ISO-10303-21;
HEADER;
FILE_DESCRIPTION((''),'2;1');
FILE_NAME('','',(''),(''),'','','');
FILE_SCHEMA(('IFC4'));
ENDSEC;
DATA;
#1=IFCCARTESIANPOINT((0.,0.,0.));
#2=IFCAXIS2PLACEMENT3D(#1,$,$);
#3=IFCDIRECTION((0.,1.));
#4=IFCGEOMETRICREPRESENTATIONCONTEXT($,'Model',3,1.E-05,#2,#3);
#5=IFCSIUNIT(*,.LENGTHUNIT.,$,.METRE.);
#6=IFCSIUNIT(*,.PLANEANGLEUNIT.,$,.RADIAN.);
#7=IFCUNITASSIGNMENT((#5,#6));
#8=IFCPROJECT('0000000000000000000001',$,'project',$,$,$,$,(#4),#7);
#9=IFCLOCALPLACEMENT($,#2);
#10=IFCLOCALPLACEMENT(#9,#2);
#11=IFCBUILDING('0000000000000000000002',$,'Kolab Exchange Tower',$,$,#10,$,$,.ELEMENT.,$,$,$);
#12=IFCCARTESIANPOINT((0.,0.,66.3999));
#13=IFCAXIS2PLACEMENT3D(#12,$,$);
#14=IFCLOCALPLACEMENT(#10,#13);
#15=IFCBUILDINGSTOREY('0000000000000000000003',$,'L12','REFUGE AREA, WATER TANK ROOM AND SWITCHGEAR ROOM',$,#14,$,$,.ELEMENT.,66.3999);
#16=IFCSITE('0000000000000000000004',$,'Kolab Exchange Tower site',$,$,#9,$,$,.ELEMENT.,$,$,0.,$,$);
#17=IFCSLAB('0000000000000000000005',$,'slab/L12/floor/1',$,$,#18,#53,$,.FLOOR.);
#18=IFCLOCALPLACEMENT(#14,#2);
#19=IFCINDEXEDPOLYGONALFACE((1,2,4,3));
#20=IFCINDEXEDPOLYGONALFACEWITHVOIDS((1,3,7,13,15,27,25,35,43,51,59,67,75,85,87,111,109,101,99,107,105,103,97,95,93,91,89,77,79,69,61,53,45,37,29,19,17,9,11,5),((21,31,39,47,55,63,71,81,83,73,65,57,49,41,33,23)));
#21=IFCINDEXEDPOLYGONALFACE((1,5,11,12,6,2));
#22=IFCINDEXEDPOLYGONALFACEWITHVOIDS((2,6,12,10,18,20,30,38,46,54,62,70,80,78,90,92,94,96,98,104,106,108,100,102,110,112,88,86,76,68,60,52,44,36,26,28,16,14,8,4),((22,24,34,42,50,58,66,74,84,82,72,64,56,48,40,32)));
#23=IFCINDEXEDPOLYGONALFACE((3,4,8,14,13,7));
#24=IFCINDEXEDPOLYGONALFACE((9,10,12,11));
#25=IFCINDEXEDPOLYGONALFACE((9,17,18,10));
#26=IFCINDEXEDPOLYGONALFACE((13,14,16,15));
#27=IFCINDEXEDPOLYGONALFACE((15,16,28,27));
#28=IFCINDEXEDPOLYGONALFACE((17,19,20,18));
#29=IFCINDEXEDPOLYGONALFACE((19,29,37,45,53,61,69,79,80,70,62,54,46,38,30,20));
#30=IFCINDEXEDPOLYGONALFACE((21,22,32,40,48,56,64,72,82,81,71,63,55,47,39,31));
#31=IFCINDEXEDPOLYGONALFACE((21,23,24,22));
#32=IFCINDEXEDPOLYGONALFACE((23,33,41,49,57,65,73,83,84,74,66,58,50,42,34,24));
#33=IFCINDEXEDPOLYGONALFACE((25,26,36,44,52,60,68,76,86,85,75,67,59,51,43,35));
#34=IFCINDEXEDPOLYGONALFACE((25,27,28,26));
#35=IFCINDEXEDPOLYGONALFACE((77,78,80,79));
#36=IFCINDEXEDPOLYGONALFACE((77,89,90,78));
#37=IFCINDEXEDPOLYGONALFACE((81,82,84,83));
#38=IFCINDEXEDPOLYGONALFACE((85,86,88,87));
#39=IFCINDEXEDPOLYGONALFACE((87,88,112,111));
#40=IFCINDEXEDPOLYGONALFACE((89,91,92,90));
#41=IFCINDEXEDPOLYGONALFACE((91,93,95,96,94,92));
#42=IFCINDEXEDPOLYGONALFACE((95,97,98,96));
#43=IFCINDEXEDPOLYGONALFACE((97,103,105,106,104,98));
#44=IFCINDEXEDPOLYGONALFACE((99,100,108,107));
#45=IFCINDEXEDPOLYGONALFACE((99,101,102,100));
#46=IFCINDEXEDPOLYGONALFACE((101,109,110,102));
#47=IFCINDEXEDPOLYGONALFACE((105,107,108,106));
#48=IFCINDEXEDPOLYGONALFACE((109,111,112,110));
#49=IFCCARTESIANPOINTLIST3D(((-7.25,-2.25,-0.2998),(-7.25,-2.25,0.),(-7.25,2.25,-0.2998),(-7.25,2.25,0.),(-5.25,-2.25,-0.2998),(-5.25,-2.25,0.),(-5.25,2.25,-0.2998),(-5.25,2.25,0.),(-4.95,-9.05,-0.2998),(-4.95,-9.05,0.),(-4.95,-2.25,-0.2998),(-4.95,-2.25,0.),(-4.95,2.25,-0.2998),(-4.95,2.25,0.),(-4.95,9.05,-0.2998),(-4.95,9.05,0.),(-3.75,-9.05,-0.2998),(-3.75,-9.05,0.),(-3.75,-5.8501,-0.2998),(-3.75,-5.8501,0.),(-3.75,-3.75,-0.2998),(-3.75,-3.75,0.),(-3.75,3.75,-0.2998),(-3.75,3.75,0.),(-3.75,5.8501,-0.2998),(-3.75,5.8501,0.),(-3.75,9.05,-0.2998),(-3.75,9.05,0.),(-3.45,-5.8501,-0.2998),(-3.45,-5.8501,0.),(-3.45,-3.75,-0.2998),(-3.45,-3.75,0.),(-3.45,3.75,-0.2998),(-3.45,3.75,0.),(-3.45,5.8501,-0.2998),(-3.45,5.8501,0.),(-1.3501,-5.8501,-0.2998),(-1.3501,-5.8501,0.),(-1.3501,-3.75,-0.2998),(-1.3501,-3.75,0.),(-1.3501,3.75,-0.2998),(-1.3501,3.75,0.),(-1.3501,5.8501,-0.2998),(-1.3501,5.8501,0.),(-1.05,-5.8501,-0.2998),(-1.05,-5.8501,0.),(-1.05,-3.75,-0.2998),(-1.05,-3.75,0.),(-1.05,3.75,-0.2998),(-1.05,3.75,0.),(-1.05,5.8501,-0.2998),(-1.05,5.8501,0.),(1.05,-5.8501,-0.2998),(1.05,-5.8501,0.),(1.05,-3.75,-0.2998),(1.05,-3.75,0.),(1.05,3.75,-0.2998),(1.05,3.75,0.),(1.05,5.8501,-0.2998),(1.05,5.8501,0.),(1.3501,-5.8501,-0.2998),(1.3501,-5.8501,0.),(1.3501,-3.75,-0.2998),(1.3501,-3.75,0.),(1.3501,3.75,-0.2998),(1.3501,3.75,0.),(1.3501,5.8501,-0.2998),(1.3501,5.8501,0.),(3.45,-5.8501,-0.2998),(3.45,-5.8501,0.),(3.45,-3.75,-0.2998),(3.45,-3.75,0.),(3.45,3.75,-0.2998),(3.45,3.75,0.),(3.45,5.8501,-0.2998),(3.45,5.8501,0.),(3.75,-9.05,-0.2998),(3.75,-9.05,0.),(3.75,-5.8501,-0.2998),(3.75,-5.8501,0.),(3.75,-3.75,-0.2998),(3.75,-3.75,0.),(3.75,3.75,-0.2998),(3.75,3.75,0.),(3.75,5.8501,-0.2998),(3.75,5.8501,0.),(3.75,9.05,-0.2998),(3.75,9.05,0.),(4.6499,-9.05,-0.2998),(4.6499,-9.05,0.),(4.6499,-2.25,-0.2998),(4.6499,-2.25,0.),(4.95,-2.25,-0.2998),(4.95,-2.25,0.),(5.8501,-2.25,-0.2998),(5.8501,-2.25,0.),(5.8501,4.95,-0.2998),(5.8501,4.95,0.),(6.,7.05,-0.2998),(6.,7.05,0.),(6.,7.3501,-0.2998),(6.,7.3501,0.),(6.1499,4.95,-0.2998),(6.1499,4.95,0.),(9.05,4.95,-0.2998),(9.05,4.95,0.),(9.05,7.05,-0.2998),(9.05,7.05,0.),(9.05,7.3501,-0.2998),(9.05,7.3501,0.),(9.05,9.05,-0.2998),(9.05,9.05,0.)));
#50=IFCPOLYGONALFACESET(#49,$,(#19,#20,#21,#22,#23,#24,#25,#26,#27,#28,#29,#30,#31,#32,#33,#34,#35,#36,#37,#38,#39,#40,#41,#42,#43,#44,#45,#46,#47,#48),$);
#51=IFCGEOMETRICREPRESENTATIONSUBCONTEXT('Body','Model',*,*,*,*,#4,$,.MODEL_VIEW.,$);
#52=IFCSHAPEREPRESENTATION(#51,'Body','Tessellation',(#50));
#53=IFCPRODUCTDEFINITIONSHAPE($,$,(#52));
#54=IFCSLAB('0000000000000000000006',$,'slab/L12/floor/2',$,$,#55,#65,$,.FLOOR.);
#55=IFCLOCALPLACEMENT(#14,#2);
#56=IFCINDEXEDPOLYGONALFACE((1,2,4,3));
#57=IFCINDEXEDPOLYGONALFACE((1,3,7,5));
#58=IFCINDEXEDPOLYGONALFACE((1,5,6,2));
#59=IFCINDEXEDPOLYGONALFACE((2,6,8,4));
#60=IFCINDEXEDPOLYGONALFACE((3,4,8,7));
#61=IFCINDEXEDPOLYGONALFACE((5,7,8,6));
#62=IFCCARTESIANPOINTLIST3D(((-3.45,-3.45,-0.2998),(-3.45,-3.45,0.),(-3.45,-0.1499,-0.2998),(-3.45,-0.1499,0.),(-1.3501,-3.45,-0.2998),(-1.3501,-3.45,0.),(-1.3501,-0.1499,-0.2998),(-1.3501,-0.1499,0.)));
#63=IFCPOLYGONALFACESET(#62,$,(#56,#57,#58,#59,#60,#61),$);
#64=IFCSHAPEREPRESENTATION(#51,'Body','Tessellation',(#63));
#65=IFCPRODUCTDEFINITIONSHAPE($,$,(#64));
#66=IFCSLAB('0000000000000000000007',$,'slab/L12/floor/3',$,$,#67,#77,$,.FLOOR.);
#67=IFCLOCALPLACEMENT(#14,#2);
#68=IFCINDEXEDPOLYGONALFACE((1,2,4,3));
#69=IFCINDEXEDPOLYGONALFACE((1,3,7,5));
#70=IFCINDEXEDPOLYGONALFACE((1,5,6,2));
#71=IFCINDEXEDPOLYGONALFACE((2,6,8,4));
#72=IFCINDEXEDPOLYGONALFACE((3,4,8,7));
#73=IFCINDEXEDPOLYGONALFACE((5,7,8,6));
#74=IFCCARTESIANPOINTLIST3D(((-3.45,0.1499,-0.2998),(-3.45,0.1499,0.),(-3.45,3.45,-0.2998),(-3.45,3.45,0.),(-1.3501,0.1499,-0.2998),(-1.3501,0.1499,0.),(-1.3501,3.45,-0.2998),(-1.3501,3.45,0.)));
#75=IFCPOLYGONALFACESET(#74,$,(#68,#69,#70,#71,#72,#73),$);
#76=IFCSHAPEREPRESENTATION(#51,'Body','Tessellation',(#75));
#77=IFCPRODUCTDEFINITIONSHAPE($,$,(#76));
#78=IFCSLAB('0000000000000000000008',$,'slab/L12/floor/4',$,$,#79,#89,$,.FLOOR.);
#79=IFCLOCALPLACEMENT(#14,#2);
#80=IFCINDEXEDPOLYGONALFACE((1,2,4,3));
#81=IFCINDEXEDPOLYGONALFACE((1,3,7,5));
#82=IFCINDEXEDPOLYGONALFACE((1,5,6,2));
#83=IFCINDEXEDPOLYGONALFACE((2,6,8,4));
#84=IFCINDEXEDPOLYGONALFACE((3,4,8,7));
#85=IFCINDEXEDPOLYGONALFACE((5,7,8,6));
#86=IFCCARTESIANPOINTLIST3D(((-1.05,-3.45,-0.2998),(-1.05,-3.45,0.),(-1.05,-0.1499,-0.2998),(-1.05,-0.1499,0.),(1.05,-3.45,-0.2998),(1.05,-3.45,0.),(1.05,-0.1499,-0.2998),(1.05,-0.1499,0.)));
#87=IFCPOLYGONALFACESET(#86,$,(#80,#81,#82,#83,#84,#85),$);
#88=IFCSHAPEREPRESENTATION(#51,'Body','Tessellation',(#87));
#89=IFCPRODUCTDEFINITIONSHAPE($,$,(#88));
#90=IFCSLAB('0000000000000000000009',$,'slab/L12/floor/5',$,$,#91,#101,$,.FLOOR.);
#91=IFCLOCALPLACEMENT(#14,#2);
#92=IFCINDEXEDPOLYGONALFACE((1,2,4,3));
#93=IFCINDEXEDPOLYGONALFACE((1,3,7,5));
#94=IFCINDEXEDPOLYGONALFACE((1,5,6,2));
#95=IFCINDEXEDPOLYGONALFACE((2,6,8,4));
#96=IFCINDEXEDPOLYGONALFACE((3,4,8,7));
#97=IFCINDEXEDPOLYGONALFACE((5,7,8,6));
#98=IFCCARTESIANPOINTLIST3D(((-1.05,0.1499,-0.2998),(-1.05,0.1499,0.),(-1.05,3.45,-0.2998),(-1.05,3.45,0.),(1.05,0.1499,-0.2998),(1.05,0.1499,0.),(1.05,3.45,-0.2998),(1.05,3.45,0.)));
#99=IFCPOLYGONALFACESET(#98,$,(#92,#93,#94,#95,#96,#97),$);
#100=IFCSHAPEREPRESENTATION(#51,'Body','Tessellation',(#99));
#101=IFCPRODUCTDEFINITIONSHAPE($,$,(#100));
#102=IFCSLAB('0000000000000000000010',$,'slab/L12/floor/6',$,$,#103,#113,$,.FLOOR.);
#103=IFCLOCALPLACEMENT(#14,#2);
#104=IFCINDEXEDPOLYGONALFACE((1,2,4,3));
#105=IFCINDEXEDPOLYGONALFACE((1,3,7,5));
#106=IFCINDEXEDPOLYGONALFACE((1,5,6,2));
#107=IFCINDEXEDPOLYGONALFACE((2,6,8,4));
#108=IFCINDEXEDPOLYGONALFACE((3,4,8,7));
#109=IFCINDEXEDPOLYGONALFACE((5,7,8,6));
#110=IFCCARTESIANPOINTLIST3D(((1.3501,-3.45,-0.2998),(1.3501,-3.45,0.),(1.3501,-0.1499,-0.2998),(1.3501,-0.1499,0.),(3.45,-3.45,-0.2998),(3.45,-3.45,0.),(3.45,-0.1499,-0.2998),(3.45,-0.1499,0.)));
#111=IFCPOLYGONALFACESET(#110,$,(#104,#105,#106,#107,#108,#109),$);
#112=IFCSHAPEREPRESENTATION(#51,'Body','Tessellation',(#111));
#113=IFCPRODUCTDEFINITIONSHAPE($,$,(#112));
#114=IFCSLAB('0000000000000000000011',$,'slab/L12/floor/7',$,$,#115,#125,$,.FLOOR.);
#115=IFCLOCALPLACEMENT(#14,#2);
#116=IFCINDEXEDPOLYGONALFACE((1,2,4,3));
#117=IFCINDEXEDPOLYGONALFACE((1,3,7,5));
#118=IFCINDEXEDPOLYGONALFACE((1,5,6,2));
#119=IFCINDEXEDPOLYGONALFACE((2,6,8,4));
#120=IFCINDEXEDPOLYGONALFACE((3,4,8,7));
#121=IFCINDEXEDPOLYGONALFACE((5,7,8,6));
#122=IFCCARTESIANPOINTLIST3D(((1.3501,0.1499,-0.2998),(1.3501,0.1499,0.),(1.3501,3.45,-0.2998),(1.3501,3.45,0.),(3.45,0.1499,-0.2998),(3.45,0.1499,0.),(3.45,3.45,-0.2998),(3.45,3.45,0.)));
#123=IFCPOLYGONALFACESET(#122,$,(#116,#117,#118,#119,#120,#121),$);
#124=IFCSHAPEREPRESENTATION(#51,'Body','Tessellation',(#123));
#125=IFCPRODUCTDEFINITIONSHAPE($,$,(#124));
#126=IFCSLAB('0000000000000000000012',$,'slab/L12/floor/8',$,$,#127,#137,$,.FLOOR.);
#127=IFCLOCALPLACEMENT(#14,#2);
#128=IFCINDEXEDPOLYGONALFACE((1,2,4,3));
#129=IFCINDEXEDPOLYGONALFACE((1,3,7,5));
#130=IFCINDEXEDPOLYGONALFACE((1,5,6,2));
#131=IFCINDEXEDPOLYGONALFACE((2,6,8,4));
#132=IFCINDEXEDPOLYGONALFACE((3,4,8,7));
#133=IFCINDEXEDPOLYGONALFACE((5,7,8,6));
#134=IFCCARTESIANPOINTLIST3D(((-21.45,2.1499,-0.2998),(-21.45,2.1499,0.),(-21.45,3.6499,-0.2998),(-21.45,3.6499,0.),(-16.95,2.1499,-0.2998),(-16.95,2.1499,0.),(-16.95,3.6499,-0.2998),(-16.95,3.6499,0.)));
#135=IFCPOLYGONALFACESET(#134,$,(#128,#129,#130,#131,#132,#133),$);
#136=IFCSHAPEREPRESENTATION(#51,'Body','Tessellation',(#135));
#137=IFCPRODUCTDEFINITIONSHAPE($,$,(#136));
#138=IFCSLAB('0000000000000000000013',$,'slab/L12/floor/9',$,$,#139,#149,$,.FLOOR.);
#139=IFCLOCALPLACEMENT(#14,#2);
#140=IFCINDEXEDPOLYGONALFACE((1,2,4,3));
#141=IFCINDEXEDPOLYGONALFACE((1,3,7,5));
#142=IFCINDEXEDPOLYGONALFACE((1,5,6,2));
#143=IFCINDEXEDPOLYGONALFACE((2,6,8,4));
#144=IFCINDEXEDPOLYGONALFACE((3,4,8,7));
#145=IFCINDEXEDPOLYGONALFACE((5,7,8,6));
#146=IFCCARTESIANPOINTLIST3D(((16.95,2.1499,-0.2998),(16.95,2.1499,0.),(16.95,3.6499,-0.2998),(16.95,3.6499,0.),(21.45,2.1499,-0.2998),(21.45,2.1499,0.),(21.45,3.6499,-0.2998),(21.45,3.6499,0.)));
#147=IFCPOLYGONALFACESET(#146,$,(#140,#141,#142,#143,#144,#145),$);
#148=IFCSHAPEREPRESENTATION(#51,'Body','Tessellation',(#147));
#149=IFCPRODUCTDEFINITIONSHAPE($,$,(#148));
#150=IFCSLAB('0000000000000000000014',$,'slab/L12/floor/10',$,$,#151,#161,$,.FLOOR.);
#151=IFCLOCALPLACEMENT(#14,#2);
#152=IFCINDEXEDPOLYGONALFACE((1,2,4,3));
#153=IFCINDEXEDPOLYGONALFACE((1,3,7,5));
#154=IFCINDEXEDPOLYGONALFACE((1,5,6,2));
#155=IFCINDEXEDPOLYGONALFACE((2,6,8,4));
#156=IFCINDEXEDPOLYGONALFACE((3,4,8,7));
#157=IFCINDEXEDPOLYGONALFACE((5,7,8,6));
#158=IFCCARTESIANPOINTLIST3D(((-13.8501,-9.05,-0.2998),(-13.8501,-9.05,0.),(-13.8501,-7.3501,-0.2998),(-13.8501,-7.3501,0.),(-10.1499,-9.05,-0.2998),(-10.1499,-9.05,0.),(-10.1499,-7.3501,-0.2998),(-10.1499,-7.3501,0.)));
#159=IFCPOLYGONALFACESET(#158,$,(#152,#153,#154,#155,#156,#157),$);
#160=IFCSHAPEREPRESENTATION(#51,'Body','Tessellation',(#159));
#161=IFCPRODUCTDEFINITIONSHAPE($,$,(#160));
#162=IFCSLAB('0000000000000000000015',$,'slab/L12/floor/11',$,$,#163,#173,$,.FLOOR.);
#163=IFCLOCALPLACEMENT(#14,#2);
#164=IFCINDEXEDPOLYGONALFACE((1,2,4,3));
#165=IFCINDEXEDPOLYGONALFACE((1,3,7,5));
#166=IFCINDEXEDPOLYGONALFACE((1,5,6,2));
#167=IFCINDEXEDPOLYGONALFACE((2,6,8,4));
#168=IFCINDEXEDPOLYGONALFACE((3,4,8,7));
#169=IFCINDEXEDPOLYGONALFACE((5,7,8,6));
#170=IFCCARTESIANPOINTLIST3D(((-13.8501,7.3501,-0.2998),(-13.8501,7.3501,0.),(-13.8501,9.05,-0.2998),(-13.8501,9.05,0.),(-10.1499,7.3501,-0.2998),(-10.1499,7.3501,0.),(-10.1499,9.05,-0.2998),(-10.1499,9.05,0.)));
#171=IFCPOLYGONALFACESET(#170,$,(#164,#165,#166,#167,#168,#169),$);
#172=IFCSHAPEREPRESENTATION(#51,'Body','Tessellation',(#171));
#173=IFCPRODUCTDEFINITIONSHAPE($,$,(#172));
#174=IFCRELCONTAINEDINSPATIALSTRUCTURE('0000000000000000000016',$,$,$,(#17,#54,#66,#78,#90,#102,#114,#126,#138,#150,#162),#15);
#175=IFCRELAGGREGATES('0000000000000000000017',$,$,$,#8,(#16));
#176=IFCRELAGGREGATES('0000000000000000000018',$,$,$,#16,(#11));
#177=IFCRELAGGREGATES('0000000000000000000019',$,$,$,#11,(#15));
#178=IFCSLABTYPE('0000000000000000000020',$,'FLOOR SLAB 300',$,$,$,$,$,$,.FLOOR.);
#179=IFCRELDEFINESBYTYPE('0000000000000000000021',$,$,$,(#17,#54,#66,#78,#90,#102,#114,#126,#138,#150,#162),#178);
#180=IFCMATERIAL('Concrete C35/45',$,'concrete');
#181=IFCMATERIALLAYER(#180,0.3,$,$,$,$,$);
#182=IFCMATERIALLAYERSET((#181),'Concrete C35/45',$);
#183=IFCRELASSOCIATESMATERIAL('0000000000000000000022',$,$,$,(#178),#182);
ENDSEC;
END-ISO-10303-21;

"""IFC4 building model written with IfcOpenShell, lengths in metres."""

from ifc_helpers import new_model, si_unit, direction, frame, origin, place, context, subcontext, project, spatial, polyline, outline, extrude, material, layer, layer_set, type_object, element, save


model = new_model("IFC4")

# Units and contexts
model_context = context("Model", 3, precision=1e-05, world=origin(), true_north=direction((0.0, 1.0)))
body_context = subcontext(model_context, "Body", "Model", "MODEL_VIEW")
ifc_project = project(units=[si_unit("LENGTHUNIT", "METRE"), si_unit("PLANEANGLEUNIT", "RADIAN")], contexts=[model_context])

# Site, building, storey
site_placement = place(None, origin())
site = spatial("IfcSite", under=ifc_project, at=site_placement, Name="Kolab Exchange Tower site", CompositionType="ELEMENT", RefElevation=0.0)
building_placement = place(site_placement, origin())
building = spatial("IfcBuilding", under=site, at=building_placement, Name="Kolab Exchange Tower", CompositionType="ELEMENT")
storey_placement = place(building_placement, frame((0.0, 0.0, 66.3999)))
storey = spatial("IfcBuildingStorey", under=building, at=storey_placement, Name="L12", Description="REFUGE AREA, WATER TANK ROOM AND SWITCHGEAR ROOM", CompositionType="ELEMENT", Elevation=66.3999)

# Slabs
ifc_material_1 = material(Name="Concrete C35/45", Category="concrete")
ifc_layer_1 = layer(ifc_material_1, 0.3)
ifc_layer_set_1 = layer_set([ifc_layer_1], Name="Concrete C35/45")
slab_type = type_object("IfcSlabType", Name="FLOOR SLAB 300", PredefinedType="FLOOR", material=ifc_layer_set_1)
slab_1_placement = place(storey_placement, frame((0.0, 0.0, -0.2998)))
element("IfcSlab", 1, at=slab_1_placement, inside=storey, type_object=slab_type, Name="slab/L12/floor/1", PredefinedType="FLOOR", context=body_context, shape_type="SweptSolid", body=[
    extrude(outline(polyline([(-5.25, 2.25), (-7.25, 2.25), (-7.25, -2.25), (-5.25, -2.25), (-4.95, -2.25), (-4.95, -9.05), (-3.75, -9.05), (-3.75, -5.8501), (-3.45, -5.8501), (-1.3501, -5.8501), (-1.05, -5.8501), (1.05, -5.8501), (1.3501, -5.8501), (3.45, -5.8501), (3.75, -5.8501), (3.75, -9.05), (4.6499, -9.05), (4.6499, -2.25), (4.95, -2.25), (5.8501, -2.25), (5.8501, 4.95), (6.1499, 4.95), (9.05, 4.95), (9.05, 7.05), (6.0, 7.05), (6.0, 7.3501), (9.05, 7.3501), (9.05, 9.05), (3.75, 9.05), (3.75, 5.8501), (3.45, 5.8501), (1.3501, 5.8501), (1.05, 5.8501), (-1.05, 5.8501), (-1.3501, 5.8501), (-3.45, 5.8501), (-3.75, 5.8501), (-3.75, 9.05), (-4.95, 9.05), (-4.95, 2.25), (-5.25, 2.25)]), holes=[polyline([(-1.3501, 3.75), (-1.05, 3.75), (1.05, 3.75), (1.3501, 3.75), (3.45, 3.75), (3.75, 3.75), (3.75, -3.75), (3.45, -3.75), (1.3501, -3.75), (1.05, -3.75), (-1.05, -3.75), (-1.3501, -3.75), (-3.45, -3.75), (-3.75, -3.75), (-3.75, 3.75), (-3.45, 3.75), (-1.3501, 3.75)])]), origin(), (0.0, 0.0, 1.0), 0.2998),
])
slab_2_placement = place(storey_placement, frame((0.0, 0.0, -0.2998)))
element("IfcSlab", 2, at=slab_2_placement, inside=storey, type_object=slab_type, Name="slab/L12/floor/2", PredefinedType="FLOOR", context=body_context, shape_type="SweptSolid", body=[
    extrude(outline(polyline([(-3.45, -3.45), (-1.3501, -3.45), (-1.3501, -0.1499), (-3.45, -0.1499), (-3.45, -3.45)])), origin(), (0.0, 0.0, 1.0), 0.2998),
])
slab_3_placement = place(storey_placement, frame((0.0, 0.0, -0.2998)))
element("IfcSlab", 3, at=slab_3_placement, inside=storey, type_object=slab_type, Name="slab/L12/floor/3", PredefinedType="FLOOR", context=body_context, shape_type="SweptSolid", body=[
    extrude(outline(polyline([(-1.3501, 0.1499), (-1.3501, 3.45), (-3.45, 3.45), (-3.45, 0.1499), (-1.3501, 0.1499)])), origin(), (0.0, 0.0, 1.0), 0.2998),
])
slab_4_placement = place(storey_placement, frame((0.0, 0.0, -0.2998)))
element("IfcSlab", 4, at=slab_4_placement, inside=storey, type_object=slab_type, Name="slab/L12/floor/4", PredefinedType="FLOOR", context=body_context, shape_type="SweptSolid", body=[
    extrude(outline(polyline([(-1.05, -0.1499), (-1.05, -3.45), (1.05, -3.45), (1.05, -0.1499), (-1.05, -0.1499)])), origin(), (0.0, 0.0, 1.0), 0.2998),
])
slab_5_placement = place(storey_placement, frame((0.0, 0.0, -0.2998)))
element("IfcSlab", 5, at=slab_5_placement, inside=storey, type_object=slab_type, Name="slab/L12/floor/5", PredefinedType="FLOOR", context=body_context, shape_type="SweptSolid", body=[
    extrude(outline(polyline([(-1.05, 3.45), (-1.05, 0.1499), (1.05, 0.1499), (1.05, 3.45), (-1.05, 3.45)])), origin(), (0.0, 0.0, 1.0), 0.2998),
])
slab_6_placement = place(storey_placement, frame((0.0, 0.0, -0.2998)))
element("IfcSlab", 6, at=slab_6_placement, inside=storey, type_object=slab_type, Name="slab/L12/floor/6", PredefinedType="FLOOR", context=body_context, shape_type="SweptSolid", body=[
    extrude(outline(polyline([(1.3501, -3.45), (3.45, -3.45), (3.45, -0.1499), (1.3501, -0.1499), (1.3501, -3.45)])), origin(), (0.0, 0.0, 1.0), 0.2998),
])
slab_7_placement = place(storey_placement, frame((0.0, 0.0, -0.2998)))
element("IfcSlab", 7, at=slab_7_placement, inside=storey, type_object=slab_type, Name="slab/L12/floor/7", PredefinedType="FLOOR", context=body_context, shape_type="SweptSolid", body=[
    extrude(outline(polyline([(1.3501, 0.1499), (3.45, 0.1499), (3.45, 3.45), (1.3501, 3.45), (1.3501, 0.1499)])), origin(), (0.0, 0.0, 1.0), 0.2998),
])
slab_8_placement = place(storey_placement, frame((0.0, 0.0, -0.2998)))
element("IfcSlab", 8, at=slab_8_placement, inside=storey, type_object=slab_type, Name="slab/L12/floor/8", PredefinedType="FLOOR", context=body_context, shape_type="SweptSolid", body=[
    extrude(outline(polyline([(-21.45, 3.6499), (-21.45, 2.1499), (-16.95, 2.1499), (-16.95, 3.6499), (-21.45, 3.6499)])), origin(), (0.0, 0.0, 1.0), 0.2998),
])
slab_9_placement = place(storey_placement, frame((0.0, 0.0, -0.2998)))
element("IfcSlab", 9, at=slab_9_placement, inside=storey, type_object=slab_type, Name="slab/L12/floor/9", PredefinedType="FLOOR", context=body_context, shape_type="SweptSolid", body=[
    extrude(outline(polyline([(21.45, 3.6499), (16.95, 3.6499), (16.95, 2.1499), (21.45, 2.1499), (21.45, 3.6499)])), origin(), (0.0, 0.0, 1.0), 0.2998),
])
slab_10_placement = place(storey_placement, frame((0.0, 0.0, -0.2998)))
element("IfcSlab", 10, at=slab_10_placement, inside=storey, type_object=slab_type, Name="slab/L12/floor/10", PredefinedType="FLOOR", context=body_context, shape_type="SweptSolid", body=[
    extrude(outline(polyline([(-10.1499, -9.05), (-10.1499, -7.3501), (-13.8501, -7.3501), (-13.8501, -9.05), (-10.1499, -9.05)])), origin(), (0.0, 0.0, 1.0), 0.2998),
])
slab_11_placement = place(storey_placement, frame((0.0, 0.0, -0.2998)))
element("IfcSlab", 11, at=slab_11_placement, inside=storey, type_object=slab_type, Name="slab/L12/floor/11", PredefinedType="FLOOR", context=body_context, shape_type="SweptSolid", body=[
    extrude(outline(polyline([(-13.8501, 7.3501), (-10.1499, 7.3501), (-10.1499, 9.05), (-13.8501, 9.05), (-13.8501, 7.3501)])), origin(), (0.0, 0.0, 1.0), 0.2998),
])

save(model, "model.ifc")
